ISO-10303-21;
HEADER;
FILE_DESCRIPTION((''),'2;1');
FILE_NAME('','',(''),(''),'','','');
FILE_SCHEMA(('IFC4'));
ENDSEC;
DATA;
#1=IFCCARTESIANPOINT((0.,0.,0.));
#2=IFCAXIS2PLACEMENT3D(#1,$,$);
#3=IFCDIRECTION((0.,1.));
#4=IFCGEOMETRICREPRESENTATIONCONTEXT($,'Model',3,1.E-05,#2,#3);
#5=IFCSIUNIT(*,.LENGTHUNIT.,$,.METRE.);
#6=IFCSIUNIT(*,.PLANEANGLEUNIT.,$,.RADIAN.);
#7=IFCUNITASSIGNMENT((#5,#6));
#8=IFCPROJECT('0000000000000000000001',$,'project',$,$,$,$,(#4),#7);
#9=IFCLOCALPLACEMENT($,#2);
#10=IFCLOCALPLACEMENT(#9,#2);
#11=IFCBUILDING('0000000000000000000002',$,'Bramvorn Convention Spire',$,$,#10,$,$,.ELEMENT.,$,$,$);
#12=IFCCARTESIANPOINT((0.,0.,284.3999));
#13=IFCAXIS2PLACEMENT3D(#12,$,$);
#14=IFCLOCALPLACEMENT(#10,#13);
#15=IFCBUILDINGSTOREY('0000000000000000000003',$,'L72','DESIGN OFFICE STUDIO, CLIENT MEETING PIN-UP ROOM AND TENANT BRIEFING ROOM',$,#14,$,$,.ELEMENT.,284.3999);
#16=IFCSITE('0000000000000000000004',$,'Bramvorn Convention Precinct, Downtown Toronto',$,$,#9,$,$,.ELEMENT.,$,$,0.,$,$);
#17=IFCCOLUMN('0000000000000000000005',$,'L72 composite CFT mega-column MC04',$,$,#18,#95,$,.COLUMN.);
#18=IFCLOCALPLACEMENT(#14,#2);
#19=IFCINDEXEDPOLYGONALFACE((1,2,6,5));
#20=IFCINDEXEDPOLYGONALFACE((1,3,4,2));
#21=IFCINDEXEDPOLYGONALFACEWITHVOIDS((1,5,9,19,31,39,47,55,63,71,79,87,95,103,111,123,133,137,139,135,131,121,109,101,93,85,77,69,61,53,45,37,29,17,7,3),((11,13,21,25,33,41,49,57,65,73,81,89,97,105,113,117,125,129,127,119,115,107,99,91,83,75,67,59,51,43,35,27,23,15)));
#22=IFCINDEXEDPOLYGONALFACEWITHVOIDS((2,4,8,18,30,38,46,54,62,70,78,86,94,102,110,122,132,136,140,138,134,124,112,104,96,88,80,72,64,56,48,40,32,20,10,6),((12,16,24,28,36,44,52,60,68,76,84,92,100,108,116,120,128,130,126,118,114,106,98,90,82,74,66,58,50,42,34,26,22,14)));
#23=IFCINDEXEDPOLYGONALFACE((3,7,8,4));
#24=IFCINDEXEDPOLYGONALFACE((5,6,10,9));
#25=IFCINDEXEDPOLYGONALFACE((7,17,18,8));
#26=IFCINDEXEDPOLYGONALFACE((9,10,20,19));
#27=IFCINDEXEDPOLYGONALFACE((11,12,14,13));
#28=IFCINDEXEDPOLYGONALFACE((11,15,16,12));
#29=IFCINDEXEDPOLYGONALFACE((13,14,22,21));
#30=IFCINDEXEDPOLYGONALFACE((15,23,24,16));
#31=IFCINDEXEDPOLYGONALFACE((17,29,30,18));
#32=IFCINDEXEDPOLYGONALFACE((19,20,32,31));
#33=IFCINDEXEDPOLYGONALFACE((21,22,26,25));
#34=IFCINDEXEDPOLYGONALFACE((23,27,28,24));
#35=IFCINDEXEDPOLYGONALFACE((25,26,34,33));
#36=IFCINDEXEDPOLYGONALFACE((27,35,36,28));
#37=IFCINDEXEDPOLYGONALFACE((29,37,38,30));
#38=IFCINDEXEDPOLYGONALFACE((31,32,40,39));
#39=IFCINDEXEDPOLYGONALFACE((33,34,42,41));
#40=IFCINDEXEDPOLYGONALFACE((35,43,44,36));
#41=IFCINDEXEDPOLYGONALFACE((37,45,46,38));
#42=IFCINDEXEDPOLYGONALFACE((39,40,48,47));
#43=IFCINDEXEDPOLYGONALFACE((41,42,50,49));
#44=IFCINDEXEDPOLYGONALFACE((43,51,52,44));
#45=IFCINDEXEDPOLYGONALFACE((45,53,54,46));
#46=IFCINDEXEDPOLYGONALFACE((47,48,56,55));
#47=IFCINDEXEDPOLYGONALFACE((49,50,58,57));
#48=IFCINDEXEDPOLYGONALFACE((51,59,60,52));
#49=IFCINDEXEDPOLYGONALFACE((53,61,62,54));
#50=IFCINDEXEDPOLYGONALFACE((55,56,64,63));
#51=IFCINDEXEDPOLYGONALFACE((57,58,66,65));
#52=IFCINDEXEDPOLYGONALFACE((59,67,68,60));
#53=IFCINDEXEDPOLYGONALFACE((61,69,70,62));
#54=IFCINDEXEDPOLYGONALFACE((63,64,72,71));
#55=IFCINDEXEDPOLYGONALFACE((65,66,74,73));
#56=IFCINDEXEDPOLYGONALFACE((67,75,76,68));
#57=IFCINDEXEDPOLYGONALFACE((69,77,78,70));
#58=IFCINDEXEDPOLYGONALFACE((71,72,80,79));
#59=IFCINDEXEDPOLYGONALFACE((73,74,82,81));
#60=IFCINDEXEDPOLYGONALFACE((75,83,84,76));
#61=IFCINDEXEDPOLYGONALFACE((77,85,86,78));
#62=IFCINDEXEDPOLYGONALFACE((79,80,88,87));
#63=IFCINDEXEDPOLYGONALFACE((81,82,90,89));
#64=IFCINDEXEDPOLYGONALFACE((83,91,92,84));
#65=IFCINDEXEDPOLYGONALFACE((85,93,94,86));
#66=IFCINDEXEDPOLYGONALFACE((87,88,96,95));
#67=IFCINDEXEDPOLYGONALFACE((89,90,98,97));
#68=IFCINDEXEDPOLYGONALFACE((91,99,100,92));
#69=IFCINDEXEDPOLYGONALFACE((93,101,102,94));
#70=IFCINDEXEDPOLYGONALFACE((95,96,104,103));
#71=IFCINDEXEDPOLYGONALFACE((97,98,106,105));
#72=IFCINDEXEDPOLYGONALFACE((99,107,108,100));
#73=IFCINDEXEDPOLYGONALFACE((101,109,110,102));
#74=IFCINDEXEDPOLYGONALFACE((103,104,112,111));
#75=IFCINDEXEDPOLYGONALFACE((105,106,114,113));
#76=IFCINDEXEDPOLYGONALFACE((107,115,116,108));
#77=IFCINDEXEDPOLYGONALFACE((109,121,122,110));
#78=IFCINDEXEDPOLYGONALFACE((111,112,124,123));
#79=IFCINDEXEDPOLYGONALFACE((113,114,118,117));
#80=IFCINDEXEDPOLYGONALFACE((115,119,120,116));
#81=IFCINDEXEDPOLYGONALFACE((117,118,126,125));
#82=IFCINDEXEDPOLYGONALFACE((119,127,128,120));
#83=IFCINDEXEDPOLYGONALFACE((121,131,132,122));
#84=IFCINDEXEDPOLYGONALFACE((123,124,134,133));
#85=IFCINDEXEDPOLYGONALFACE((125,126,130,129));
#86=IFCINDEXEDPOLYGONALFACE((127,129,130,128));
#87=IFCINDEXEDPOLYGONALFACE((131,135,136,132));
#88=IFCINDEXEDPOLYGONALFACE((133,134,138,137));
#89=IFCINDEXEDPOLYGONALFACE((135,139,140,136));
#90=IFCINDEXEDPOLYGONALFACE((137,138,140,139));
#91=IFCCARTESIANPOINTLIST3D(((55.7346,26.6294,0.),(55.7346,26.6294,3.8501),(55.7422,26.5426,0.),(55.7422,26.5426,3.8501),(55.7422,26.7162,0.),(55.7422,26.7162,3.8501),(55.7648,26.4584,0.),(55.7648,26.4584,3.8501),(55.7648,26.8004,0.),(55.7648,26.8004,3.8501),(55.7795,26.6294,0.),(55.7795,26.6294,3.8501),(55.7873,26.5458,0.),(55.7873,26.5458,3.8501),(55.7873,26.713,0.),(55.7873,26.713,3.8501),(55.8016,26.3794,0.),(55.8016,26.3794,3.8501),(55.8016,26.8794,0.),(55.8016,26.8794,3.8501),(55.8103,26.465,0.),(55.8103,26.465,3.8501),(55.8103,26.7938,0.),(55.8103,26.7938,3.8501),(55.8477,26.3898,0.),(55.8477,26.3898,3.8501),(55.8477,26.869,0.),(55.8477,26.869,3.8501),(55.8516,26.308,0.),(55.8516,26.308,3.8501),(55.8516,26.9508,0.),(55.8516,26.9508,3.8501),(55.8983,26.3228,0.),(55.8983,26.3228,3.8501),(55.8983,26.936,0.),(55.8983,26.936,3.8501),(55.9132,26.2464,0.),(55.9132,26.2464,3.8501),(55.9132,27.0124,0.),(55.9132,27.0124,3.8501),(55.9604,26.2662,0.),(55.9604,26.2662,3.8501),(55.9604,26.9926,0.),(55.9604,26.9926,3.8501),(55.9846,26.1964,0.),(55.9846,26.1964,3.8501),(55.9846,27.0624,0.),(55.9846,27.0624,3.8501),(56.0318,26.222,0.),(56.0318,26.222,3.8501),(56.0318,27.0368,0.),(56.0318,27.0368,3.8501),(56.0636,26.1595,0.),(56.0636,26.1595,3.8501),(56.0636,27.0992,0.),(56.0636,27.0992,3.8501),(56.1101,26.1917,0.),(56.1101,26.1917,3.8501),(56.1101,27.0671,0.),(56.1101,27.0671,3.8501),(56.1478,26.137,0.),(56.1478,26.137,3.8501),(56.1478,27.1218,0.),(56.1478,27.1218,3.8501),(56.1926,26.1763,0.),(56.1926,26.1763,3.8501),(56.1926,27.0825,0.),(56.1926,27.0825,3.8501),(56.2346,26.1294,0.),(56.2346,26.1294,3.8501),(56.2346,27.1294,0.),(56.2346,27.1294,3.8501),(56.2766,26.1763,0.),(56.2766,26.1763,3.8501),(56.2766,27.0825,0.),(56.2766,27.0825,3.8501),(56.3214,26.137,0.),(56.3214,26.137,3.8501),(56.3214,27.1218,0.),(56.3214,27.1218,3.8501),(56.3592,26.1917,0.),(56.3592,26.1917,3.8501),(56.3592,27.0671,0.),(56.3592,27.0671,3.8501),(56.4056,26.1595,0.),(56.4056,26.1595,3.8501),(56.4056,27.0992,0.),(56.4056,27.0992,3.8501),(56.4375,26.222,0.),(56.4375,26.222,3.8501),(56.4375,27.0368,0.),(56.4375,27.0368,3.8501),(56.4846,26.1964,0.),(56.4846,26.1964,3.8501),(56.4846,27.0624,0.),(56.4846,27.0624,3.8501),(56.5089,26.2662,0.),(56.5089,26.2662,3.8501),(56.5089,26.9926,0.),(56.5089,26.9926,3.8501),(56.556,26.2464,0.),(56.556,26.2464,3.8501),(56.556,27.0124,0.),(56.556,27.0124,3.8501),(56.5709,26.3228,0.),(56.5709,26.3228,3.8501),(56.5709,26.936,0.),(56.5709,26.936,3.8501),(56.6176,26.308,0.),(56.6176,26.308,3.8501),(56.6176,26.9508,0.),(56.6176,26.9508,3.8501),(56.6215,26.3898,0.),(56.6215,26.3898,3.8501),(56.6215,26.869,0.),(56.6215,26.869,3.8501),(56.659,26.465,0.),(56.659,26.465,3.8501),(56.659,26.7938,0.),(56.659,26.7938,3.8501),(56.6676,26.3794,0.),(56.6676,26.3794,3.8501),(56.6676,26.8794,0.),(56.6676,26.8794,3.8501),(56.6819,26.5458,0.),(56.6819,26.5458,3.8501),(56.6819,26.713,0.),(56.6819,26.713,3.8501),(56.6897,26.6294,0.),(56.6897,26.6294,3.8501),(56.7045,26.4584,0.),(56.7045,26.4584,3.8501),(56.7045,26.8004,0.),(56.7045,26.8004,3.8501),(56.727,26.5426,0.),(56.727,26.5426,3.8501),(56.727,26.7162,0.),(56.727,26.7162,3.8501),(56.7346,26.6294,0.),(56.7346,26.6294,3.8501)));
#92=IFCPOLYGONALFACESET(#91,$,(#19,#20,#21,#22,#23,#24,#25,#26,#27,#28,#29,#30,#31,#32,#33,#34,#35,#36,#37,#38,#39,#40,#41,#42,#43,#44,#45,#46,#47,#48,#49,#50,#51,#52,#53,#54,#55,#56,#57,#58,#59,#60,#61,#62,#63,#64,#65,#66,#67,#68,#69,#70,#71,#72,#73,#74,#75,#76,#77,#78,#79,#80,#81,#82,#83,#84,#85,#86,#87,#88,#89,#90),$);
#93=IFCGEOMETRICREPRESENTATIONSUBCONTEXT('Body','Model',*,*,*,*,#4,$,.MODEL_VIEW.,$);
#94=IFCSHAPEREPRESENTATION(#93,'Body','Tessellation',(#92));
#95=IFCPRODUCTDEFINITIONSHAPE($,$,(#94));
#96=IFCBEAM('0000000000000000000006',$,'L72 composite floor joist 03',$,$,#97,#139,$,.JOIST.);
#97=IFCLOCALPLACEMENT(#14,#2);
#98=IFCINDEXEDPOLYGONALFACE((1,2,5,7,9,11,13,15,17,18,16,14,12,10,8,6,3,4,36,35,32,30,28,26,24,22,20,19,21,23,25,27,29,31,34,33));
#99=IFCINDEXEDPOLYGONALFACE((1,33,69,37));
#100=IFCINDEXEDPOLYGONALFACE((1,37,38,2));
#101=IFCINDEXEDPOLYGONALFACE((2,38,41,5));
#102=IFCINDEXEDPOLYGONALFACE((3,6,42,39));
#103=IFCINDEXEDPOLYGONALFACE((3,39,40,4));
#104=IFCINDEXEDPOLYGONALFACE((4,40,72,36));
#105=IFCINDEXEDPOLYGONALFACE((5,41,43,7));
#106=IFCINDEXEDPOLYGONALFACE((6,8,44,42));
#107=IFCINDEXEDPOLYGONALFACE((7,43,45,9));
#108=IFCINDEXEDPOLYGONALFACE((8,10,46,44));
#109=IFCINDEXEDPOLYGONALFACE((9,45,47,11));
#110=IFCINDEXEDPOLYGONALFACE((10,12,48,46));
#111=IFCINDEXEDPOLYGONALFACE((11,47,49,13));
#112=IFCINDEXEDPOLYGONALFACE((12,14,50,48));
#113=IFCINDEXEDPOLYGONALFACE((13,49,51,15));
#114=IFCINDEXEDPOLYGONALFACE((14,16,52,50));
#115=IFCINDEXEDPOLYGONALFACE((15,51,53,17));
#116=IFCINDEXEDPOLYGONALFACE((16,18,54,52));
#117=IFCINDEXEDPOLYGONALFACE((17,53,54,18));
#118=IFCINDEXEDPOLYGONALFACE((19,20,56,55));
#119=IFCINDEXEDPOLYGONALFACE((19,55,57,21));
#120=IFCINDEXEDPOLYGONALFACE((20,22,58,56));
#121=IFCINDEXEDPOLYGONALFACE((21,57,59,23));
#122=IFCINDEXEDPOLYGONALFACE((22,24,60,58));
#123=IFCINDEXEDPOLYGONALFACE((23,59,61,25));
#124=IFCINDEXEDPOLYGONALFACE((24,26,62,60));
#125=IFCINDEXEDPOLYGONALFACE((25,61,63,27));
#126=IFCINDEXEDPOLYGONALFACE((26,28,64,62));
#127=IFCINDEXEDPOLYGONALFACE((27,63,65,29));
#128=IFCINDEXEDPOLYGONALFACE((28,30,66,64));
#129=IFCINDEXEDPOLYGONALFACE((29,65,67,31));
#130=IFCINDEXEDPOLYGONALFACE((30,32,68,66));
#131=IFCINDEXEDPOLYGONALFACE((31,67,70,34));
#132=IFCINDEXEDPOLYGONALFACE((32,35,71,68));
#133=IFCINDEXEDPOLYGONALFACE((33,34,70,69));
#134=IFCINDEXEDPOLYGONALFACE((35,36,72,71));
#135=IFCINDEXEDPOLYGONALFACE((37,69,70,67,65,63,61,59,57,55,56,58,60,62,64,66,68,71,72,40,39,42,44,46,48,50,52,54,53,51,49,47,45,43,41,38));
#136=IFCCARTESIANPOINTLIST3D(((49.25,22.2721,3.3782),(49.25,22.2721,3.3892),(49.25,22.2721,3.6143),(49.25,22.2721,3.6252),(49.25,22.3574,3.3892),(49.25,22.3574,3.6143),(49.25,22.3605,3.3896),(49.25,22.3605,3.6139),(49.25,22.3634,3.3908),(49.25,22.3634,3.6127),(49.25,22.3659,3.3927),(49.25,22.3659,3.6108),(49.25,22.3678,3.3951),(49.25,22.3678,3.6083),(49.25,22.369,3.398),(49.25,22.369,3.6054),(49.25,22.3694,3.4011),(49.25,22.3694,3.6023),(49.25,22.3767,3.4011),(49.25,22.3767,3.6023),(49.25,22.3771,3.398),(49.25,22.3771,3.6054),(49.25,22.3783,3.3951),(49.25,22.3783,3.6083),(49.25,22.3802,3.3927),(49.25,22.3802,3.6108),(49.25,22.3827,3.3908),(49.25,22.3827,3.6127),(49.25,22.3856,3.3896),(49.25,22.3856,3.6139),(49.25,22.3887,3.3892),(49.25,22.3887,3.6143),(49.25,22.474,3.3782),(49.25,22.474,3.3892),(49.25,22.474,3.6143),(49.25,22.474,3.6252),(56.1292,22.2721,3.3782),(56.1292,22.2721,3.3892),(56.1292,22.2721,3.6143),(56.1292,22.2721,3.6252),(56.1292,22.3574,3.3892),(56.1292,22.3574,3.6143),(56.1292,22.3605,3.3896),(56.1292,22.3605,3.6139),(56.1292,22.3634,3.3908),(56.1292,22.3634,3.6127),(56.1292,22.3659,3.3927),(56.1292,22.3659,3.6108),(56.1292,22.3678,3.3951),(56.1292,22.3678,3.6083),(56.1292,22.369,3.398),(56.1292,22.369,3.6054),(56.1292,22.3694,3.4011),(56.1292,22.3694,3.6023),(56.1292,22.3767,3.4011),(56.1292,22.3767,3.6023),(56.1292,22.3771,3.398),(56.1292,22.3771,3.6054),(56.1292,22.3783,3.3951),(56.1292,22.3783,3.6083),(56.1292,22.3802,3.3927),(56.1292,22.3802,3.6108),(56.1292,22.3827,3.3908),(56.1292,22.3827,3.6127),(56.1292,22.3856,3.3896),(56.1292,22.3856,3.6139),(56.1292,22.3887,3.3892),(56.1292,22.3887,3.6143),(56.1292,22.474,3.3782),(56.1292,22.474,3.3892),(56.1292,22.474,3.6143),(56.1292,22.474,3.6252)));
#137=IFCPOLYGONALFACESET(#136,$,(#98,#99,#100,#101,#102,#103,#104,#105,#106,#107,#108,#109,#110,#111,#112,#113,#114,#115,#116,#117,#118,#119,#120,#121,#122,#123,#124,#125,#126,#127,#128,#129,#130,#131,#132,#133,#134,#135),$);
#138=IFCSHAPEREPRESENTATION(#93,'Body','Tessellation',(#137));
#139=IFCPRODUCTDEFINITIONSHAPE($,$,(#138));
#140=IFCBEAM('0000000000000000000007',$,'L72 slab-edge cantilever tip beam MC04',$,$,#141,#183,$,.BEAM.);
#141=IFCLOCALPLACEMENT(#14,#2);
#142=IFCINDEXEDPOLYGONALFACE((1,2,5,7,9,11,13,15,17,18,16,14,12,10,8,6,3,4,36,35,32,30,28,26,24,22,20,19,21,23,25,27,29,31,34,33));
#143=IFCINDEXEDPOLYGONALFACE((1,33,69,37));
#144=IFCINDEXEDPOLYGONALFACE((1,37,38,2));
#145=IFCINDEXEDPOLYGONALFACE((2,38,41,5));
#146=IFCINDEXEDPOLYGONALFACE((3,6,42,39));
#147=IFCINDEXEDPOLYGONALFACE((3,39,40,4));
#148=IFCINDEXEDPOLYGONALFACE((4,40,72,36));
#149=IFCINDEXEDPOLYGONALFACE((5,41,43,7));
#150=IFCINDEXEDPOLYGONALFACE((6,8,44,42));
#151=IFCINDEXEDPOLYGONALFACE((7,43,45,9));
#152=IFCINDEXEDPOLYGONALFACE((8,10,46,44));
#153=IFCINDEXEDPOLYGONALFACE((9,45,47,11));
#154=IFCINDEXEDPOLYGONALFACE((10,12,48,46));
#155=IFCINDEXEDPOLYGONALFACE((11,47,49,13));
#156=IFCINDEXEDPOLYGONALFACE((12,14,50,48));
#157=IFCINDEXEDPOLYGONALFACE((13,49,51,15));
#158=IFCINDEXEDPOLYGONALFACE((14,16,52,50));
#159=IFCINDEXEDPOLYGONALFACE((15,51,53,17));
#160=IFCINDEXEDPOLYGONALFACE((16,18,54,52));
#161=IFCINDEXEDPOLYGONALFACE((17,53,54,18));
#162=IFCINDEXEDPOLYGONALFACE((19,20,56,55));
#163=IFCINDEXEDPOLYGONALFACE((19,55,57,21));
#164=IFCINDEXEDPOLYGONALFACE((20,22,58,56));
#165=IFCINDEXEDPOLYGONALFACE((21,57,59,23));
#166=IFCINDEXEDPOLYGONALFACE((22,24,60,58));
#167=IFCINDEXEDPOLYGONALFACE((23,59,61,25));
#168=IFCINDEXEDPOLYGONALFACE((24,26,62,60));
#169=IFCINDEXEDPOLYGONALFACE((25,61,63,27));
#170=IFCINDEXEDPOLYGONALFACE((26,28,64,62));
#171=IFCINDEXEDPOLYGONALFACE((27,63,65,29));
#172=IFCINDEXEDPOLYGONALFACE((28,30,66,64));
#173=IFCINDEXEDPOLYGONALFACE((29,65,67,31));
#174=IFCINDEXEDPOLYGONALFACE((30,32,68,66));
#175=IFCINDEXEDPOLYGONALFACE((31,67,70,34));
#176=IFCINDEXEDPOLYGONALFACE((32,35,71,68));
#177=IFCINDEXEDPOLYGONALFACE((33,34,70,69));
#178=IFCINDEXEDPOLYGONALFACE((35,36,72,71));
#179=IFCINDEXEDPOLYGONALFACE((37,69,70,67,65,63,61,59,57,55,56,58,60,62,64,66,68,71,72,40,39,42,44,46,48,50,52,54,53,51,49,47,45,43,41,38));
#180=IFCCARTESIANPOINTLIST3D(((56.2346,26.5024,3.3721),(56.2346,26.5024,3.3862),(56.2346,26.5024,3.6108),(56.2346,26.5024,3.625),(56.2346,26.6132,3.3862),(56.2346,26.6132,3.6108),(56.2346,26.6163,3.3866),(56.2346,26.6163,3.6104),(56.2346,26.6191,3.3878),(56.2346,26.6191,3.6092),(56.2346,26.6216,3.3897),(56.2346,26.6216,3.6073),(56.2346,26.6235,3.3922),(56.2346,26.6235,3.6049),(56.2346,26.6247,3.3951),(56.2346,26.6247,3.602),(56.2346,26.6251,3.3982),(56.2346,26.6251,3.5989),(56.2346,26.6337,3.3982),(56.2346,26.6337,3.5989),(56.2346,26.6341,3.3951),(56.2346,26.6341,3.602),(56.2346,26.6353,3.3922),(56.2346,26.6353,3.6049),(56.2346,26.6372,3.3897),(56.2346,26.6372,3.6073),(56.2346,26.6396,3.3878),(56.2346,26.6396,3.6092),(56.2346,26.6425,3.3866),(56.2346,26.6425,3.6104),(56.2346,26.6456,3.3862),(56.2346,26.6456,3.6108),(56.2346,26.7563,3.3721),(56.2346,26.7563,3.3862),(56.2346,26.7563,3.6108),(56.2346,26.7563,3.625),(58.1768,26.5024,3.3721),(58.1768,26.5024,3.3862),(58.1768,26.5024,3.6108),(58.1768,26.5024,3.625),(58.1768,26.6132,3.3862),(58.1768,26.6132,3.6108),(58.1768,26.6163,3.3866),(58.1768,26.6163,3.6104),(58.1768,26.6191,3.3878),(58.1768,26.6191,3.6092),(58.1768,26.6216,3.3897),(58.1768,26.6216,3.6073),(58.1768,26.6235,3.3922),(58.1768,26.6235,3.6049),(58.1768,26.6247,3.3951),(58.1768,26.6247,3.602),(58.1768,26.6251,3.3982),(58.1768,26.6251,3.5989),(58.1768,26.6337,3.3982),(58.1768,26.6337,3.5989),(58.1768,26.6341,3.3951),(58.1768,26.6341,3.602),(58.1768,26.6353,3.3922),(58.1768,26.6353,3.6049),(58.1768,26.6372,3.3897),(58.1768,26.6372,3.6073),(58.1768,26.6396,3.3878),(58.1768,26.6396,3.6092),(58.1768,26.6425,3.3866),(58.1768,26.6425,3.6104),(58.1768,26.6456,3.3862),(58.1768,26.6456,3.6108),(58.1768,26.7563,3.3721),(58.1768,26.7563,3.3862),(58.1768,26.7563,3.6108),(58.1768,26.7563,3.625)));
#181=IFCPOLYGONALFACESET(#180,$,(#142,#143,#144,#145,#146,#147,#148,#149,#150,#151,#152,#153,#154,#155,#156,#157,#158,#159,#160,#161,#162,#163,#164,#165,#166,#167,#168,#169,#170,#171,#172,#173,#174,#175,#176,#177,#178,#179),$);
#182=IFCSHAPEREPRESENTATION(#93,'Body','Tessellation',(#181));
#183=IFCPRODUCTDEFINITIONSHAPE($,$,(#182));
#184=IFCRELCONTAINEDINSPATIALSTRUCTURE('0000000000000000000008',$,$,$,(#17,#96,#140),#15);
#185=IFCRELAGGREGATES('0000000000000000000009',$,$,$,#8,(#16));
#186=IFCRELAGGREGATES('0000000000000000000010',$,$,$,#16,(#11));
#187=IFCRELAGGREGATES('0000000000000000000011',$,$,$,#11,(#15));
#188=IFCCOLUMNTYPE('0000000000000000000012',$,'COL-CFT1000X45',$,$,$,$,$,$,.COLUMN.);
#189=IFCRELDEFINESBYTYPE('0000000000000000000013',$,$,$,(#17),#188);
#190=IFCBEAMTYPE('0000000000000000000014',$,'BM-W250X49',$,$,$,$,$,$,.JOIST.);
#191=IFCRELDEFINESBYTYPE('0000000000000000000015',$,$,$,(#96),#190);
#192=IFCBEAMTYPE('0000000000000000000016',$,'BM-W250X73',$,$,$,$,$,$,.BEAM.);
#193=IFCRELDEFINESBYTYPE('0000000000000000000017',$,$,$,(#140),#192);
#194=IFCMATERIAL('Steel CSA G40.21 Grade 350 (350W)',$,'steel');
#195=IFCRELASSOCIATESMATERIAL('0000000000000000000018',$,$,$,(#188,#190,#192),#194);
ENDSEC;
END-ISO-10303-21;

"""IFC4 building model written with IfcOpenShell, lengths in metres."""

from ifc_helpers import new_model, si_unit, direction, frame, origin, origin_2d, place, context, subcontext, project, spatial, hollow_circle, i_section, extrude, material, material_profile, profile_set, type_object, element, save


model = new_model("IFC4")

# Units and contexts
model_context = context("Model", 3, precision=1e-05, world=origin(), true_north=direction((0.0, 1.0)))
body_context = subcontext(model_context, "Body", "Model", "MODEL_VIEW")
ifc_project = project(units=[si_unit("LENGTHUNIT", "METRE"), si_unit("PLANEANGLEUNIT", "RADIAN")], contexts=[model_context])

# Site, building, storey
site_placement = place(None, origin())
site = spatial("IfcSite", under=ifc_project, at=site_placement, Name="Bramvorn Convention Precinct, Downtown Toronto", CompositionType="ELEMENT", RefElevation=0.0)
building_placement = place(site_placement, origin())
building = spatial("IfcBuilding", under=site, at=building_placement, Name="Bramvorn Convention Spire", CompositionType="ELEMENT")
storey_placement = place(building_placement, frame((0.0, 0.0, 284.3999)))
storey = spatial("IfcBuildingStorey", under=building, at=storey_placement, Name="L72", Description="DESIGN OFFICE STUDIO, CLIENT MEETING PIN-UP ROOM AND TENANT BRIEFING ROOM", CompositionType="ELEMENT", Elevation=284.3999)

# Column
ifc_material_1 = material(Name="Steel CSA G40.21 Grade 350 (350W)", Category="steel")
ifc_material_profile_1 = material_profile(ifc_material_1, hollow_circle(Radius=0.5, WallThickness=0.0449, at=origin_2d()))
ifc_profile_set_1 = profile_set([ifc_material_profile_1], Name="Steel CSA G40.21 Grade 350 (350W) - CFT1000X45")
column_type = type_object("IfcColumnType", Name="COL-CFT1000X45", PredefinedType="COLUMN", material=ifc_profile_set_1)
column_placement = place(storey_placement, frame((56.2346, 26.6294, 0.0), z_axis=(0.0, 0.0, 1.0), x_axis=(1.0, 0.0, 0.0)))
element("IfcColumn", 1, at=column_placement, inside=storey, type_object=column_type, Name="L72 composite CFT mega-column MC04", PredefinedType="COLUMN", context=body_context, shape_type="SweptSolid", body=[
    extrude(hollow_circle(Radius=0.5, WallThickness=0.0449, at=origin_2d()), origin(), (0.0, 0.0, 1.0), 3.8501),
])

# Beams
ifc_material_profile_2 = material_profile(ifc_material_1, i_section(OverallWidth=0.2019, OverallDepth=0.2471, WebThickness=0.0073, FlangeThickness=0.011, FilletRadius=0.012, at=origin_2d()))
ifc_profile_set_2 = profile_set([ifc_material_profile_2], Name="Steel CSA G40.21 Grade 350 (350W) - W250X49")
beam_type_1 = type_object("IfcBeamType", Name="BM-W250X49", PredefinedType="JOIST", material=ifc_profile_set_2)
beam_1_placement = place(storey_placement, frame((49.25, 22.373, 3.5017), z_axis=(1.0, 0.0, 0.0), x_axis=(0.0, 1.0, 0.0)))
element("IfcBeam", 2, at=beam_1_placement, inside=storey, type_object=beam_type_1, Name="L72 composite floor joist 03", PredefinedType="JOIST", context=body_context, shape_type="SweptSolid", body=[
    extrude(i_section(OverallWidth=0.2019, OverallDepth=0.2471, WebThickness=0.0073, FlangeThickness=0.011, FilletRadius=0.012, at=origin_2d()), origin(), (0.0, 0.0, 1.0), 6.8792),
])
ifc_material_profile_3 = material_profile(ifc_material_1, i_section(OverallWidth=0.2539, OverallDepth=0.2529, WebThickness=0.0085, FlangeThickness=0.0142, FilletRadius=0.012, at=origin_2d()))
ifc_profile_set_3 = profile_set([ifc_material_profile_3], Name="Steel CSA G40.21 Grade 350 (350W) - W250X73")
beam_type_2 = type_object("IfcBeamType", Name="BM-W250X73", PredefinedType="BEAM", material=ifc_profile_set_3)
beam_2_placement = place(storey_placement, frame((56.2346, 26.6294, 3.4985), z_axis=(1.0, 0.0, 0.0), x_axis=(0.0, 1.0, 0.0)))
element("IfcBeam", 3, at=beam_2_placement, inside=storey, type_object=beam_type_2, Name="L72 slab-edge cantilever tip beam MC04", PredefinedType="BEAM", context=body_context, shape_type="SweptSolid", body=[
    extrude(i_section(OverallWidth=0.2539, OverallDepth=0.2529, WebThickness=0.0085, FlangeThickness=0.0142, FilletRadius=0.012, at=origin_2d()), origin(), (0.0, 0.0, 1.0), 1.9421),
])

save(model, "model.ifc")
